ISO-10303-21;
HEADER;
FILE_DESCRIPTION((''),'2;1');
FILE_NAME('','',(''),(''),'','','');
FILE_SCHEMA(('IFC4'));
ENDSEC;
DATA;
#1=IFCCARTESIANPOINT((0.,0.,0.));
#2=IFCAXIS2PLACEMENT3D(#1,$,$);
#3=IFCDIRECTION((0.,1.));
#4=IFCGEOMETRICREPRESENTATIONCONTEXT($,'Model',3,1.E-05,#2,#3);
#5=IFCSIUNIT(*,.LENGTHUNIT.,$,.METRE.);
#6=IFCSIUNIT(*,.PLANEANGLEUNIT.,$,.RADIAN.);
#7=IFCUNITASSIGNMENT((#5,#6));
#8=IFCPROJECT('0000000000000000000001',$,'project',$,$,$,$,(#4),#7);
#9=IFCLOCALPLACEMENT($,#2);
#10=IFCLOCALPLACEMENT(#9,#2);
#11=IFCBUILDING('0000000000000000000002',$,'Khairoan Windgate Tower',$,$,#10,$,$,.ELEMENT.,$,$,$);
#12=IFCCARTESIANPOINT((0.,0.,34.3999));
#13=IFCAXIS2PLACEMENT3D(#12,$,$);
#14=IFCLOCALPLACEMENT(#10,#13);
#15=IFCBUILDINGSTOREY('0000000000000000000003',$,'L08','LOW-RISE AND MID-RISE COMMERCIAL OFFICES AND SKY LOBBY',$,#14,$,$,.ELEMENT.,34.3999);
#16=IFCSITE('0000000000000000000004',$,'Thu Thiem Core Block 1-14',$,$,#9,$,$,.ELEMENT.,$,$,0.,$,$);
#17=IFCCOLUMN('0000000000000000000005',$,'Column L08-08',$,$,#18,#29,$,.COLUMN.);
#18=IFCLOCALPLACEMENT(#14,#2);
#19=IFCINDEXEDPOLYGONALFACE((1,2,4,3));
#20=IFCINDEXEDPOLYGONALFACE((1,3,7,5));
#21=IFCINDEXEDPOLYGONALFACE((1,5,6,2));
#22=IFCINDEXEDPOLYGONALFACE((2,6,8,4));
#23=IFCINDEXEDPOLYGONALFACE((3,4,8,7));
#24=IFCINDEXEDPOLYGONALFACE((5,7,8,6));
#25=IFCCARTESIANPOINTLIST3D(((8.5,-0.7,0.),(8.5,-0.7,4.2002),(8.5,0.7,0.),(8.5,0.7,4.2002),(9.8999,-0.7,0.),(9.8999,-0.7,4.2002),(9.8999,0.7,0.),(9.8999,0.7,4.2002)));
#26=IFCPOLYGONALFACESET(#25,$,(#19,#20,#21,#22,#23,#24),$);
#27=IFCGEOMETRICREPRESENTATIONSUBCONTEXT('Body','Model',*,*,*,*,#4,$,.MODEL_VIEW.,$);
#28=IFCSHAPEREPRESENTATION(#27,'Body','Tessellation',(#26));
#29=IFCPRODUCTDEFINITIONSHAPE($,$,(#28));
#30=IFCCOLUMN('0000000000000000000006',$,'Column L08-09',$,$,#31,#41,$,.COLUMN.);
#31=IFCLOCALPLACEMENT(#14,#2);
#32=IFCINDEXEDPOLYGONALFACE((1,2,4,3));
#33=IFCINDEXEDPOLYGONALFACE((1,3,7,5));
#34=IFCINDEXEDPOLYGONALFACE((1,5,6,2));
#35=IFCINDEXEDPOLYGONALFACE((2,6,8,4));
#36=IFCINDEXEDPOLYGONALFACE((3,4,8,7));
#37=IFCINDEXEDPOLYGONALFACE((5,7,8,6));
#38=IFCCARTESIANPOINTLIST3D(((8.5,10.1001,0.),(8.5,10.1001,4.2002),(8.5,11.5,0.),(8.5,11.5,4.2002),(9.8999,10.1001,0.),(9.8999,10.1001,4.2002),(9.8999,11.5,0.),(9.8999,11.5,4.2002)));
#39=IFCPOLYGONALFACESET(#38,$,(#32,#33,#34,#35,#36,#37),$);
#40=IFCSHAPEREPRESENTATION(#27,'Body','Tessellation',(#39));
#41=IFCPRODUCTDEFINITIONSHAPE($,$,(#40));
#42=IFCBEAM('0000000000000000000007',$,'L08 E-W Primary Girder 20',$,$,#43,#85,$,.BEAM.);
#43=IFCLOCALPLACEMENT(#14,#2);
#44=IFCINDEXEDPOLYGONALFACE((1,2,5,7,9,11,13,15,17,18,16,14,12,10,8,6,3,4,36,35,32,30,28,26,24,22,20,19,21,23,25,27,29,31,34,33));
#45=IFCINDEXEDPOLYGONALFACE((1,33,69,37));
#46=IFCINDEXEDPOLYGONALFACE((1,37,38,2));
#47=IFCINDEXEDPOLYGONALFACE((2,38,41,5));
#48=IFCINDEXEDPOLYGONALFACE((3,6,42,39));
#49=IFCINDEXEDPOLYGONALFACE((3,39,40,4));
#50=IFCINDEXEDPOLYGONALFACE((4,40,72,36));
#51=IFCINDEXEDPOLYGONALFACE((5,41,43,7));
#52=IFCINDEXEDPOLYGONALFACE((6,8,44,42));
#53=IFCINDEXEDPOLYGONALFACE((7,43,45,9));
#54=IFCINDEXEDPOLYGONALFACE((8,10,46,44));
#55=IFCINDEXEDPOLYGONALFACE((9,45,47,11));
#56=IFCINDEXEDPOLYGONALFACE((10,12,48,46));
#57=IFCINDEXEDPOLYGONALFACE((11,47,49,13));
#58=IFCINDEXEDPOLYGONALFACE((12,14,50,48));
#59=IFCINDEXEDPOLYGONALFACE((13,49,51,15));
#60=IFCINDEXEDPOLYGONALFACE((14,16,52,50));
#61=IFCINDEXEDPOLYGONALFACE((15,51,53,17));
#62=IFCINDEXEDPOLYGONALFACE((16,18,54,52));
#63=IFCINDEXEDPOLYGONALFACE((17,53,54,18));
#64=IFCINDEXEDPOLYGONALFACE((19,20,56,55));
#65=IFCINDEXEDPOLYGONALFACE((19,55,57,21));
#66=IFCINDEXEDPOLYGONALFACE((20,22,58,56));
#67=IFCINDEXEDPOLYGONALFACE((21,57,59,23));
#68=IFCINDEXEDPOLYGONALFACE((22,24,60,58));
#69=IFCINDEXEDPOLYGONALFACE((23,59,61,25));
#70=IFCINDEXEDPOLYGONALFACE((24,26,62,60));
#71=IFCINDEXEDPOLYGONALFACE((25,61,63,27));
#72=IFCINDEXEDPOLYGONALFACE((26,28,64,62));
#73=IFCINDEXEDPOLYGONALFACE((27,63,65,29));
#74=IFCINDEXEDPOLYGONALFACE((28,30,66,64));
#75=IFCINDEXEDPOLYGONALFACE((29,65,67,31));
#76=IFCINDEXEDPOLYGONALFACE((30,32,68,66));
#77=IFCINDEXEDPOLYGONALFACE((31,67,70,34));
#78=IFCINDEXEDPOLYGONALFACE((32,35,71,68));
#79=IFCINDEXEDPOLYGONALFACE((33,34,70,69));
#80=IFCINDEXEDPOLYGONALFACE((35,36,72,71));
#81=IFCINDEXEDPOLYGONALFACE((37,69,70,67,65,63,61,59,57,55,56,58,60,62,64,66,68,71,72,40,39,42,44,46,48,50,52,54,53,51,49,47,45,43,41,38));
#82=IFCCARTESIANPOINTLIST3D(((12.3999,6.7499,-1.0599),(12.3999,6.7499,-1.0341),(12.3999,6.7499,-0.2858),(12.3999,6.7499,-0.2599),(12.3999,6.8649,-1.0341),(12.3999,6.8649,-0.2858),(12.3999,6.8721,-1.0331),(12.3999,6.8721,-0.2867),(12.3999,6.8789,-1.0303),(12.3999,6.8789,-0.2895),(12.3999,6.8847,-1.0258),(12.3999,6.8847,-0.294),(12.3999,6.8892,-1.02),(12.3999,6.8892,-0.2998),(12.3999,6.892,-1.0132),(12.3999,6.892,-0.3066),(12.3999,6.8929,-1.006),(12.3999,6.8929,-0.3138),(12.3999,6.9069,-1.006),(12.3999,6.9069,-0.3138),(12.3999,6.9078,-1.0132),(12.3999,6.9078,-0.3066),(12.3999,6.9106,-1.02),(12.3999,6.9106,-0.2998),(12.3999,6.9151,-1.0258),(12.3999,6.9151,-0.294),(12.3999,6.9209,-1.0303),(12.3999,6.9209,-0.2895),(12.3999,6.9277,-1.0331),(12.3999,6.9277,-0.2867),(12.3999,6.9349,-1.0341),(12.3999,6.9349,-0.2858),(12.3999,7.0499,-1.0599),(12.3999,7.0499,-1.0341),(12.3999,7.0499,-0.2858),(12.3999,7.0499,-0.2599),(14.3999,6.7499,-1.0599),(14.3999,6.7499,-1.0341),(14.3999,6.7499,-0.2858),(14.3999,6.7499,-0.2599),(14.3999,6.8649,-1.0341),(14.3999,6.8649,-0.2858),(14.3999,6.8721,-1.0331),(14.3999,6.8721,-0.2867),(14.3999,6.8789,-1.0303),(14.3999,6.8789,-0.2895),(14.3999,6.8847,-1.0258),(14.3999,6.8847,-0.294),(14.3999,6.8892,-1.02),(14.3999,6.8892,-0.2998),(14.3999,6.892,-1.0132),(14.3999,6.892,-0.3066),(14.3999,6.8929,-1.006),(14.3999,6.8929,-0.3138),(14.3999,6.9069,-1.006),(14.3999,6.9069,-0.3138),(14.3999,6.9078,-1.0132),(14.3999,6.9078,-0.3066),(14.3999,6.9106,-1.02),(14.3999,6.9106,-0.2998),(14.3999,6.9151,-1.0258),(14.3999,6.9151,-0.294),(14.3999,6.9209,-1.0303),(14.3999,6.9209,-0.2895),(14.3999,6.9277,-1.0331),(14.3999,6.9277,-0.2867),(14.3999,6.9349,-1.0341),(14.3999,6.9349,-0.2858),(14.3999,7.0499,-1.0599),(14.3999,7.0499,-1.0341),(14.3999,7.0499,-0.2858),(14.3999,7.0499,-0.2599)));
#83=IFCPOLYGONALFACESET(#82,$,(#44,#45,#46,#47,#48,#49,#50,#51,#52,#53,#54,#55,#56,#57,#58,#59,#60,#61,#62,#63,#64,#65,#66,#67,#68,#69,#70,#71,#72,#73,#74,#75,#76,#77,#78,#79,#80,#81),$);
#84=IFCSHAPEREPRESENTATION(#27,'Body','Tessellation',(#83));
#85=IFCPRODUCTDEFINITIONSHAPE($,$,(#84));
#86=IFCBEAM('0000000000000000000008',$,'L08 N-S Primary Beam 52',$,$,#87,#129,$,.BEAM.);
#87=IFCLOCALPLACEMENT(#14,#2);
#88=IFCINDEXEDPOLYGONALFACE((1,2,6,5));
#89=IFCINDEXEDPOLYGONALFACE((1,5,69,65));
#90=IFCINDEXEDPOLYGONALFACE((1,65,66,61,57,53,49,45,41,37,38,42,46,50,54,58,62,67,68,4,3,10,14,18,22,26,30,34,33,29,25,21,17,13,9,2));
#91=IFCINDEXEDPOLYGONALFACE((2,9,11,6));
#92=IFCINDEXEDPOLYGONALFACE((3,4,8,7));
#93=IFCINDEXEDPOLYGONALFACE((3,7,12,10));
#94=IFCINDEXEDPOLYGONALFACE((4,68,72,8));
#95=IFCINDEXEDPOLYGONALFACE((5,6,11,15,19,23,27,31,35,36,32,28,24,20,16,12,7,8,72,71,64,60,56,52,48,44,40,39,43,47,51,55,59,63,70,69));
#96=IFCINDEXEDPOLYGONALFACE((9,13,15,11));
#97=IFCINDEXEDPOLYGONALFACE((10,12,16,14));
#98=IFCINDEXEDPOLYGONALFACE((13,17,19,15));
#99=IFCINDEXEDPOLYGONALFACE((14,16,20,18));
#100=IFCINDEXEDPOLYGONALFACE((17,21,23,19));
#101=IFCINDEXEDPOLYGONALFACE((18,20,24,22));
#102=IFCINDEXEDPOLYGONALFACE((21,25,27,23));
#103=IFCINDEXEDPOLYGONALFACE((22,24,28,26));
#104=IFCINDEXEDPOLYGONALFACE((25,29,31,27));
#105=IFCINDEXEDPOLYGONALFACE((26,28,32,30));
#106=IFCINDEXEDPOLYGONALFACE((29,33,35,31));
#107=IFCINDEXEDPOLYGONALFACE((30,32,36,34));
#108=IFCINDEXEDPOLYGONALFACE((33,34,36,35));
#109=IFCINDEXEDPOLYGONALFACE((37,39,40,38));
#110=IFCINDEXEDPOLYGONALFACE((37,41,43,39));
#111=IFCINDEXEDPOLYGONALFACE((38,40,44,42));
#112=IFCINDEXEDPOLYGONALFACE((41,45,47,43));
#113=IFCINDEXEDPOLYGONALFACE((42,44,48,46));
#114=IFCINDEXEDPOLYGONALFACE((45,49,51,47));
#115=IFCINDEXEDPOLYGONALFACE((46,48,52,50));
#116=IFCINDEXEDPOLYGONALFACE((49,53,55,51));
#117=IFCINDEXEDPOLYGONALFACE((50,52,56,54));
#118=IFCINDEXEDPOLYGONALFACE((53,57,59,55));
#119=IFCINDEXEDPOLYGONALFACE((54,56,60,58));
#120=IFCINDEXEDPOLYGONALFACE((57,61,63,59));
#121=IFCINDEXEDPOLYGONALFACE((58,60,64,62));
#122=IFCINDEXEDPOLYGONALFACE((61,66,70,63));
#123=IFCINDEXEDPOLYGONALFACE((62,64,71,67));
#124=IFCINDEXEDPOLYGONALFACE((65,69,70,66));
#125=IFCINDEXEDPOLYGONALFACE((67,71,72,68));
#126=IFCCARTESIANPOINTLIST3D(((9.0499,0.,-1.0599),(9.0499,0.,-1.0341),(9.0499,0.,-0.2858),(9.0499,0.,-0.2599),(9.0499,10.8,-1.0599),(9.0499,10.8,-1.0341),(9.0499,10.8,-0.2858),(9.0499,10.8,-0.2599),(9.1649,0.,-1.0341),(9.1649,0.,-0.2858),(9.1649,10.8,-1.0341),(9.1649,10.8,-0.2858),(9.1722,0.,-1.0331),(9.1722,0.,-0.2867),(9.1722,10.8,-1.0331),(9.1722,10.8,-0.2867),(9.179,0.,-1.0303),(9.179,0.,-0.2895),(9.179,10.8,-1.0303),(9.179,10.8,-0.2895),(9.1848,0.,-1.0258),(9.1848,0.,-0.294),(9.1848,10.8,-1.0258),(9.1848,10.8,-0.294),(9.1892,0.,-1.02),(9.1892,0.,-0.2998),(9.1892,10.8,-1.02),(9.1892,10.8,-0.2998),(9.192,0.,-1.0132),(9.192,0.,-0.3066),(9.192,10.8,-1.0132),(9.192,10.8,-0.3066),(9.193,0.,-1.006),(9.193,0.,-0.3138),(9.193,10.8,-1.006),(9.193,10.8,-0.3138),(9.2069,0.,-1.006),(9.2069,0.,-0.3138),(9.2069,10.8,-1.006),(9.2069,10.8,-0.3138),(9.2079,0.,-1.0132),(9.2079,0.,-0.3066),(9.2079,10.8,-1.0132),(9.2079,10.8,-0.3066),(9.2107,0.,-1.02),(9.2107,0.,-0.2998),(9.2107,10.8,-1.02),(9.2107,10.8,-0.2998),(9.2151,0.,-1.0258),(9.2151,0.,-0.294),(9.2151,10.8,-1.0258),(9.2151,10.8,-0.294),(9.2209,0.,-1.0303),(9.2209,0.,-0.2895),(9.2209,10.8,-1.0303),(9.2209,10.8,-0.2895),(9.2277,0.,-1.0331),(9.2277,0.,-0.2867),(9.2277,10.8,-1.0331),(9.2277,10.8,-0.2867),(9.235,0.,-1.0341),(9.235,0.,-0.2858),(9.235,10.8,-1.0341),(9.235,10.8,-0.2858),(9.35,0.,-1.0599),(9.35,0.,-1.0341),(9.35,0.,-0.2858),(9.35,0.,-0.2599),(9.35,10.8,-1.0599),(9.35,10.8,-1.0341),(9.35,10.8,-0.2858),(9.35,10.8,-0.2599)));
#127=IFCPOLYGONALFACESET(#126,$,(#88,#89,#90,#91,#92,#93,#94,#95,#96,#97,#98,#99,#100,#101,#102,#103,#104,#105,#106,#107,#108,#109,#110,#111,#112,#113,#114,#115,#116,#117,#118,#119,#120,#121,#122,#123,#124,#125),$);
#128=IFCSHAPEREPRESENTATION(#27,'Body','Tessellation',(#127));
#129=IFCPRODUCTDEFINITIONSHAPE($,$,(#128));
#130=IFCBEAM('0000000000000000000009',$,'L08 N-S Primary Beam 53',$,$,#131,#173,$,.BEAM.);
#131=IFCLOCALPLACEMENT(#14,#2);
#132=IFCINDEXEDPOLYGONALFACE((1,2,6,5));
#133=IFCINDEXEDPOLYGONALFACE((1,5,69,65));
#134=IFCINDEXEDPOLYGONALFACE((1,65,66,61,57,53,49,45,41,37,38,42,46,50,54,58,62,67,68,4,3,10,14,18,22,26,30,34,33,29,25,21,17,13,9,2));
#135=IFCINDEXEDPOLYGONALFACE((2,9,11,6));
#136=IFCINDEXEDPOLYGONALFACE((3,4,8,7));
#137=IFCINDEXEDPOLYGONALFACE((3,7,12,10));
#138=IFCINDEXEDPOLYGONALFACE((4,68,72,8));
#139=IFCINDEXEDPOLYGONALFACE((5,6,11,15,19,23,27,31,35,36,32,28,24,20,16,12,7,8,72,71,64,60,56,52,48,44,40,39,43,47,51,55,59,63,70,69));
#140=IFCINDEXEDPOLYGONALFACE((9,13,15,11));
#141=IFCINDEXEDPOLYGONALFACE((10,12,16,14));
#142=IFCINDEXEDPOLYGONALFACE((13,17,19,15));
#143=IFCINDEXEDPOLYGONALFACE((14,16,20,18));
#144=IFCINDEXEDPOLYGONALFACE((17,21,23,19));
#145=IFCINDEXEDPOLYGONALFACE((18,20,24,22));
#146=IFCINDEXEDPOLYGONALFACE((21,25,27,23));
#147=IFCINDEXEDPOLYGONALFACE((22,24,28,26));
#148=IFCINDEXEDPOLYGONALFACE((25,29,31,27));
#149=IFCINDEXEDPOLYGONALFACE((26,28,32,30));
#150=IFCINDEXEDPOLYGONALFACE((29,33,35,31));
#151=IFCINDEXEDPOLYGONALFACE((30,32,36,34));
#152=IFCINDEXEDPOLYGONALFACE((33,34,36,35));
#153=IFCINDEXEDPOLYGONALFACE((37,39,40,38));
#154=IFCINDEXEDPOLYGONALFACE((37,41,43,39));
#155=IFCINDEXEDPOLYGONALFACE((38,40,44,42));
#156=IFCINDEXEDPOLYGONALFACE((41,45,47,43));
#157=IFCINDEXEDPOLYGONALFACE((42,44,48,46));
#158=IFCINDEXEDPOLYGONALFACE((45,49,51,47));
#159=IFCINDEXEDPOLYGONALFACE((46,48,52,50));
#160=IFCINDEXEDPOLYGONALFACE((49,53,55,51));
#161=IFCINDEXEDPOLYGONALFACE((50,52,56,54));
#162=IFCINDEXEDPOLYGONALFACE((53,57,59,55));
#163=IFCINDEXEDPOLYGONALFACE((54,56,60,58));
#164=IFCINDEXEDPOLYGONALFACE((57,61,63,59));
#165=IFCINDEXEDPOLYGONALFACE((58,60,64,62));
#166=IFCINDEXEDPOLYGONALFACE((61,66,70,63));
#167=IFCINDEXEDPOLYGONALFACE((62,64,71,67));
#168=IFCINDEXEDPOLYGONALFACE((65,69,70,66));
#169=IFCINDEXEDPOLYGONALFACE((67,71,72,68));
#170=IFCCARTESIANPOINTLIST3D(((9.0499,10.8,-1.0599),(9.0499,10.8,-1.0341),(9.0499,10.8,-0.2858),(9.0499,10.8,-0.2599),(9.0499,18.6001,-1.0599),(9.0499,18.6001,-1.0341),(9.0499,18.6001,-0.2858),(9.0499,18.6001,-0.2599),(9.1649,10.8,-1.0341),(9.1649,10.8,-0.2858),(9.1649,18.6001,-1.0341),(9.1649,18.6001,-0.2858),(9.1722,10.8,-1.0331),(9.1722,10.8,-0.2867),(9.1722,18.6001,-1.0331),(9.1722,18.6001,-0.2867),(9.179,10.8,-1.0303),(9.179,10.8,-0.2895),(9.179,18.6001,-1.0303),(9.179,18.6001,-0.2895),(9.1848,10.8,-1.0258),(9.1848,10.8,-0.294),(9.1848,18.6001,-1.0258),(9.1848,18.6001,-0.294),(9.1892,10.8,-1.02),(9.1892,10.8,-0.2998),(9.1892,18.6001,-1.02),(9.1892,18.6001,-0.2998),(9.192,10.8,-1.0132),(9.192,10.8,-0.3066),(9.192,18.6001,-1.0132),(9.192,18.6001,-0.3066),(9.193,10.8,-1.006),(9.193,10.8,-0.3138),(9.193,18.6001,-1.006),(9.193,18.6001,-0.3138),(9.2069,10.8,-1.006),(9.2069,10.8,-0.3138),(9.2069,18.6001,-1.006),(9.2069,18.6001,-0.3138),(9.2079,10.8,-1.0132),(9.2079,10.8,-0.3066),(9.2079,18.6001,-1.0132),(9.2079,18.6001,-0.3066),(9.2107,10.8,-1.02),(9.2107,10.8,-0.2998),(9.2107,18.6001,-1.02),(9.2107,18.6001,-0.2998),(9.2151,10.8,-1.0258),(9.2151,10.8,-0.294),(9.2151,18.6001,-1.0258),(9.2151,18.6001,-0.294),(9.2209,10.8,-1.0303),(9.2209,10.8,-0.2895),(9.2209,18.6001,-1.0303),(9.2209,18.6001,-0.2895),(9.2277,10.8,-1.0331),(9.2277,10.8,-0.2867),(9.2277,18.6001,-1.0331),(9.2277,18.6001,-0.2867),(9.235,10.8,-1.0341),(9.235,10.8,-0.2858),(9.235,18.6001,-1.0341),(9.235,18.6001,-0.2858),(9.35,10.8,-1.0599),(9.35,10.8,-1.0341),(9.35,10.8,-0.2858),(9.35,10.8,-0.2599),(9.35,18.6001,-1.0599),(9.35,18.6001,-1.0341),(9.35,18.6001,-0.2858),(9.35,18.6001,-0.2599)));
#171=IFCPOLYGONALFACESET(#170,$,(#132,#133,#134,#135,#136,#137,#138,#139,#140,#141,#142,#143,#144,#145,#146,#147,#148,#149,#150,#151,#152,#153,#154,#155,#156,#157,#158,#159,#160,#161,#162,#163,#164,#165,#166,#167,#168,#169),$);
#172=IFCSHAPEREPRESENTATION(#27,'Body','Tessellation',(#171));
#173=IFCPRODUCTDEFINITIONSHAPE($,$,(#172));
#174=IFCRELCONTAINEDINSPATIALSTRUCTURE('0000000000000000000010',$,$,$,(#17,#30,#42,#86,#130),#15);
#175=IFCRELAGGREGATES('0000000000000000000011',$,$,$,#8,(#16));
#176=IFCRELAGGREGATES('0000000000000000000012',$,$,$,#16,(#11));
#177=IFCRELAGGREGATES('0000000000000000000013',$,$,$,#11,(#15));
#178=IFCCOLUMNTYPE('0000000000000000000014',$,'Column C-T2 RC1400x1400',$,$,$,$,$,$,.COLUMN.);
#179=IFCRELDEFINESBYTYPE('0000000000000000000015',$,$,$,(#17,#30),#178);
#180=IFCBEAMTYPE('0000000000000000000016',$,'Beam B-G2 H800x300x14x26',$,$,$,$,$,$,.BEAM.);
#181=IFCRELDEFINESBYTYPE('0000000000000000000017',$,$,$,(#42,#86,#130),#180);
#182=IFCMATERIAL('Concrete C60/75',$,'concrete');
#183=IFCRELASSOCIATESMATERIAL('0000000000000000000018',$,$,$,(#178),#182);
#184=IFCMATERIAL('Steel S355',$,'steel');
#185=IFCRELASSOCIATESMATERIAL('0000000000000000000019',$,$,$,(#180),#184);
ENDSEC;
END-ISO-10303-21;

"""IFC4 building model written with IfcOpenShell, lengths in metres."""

from ifc_helpers import new_model, si_unit, direction, frame, origin, origin_2d, place, context, subcontext, project, spatial, rectangle, i_section, extrude, material, material_profile, profile_set, type_object, element, save


model = new_model("IFC4")

# Units and contexts
model_context = context("Model", 3, precision=1e-05, world=origin(), true_north=direction((0.0, 1.0)))
body_context = subcontext(model_context, "Body", "Model", "MODEL_VIEW")
ifc_project = project(units=[si_unit("LENGTHUNIT", "METRE"), si_unit("PLANEANGLEUNIT", "RADIAN")], contexts=[model_context])

# Site, building, storey
site_placement = place(None, origin())
site = spatial("IfcSite", under=ifc_project, at=site_placement, Name="Thu Thiem Core Block 1-14", CompositionType="ELEMENT", RefElevation=0.0)
building_placement = place(site_placement, origin())
building = spatial("IfcBuilding", under=site, at=building_placement, Name="Khairoan Windgate Tower", CompositionType="ELEMENT")
storey_placement = place(building_placement, frame((0.0, 0.0, 34.3999)))
storey = spatial("IfcBuildingStorey", under=building, at=storey_placement, Name="L08", Description="LOW-RISE AND MID-RISE COMMERCIAL OFFICES AND SKY LOBBY", CompositionType="ELEMENT", Elevation=34.3999)

# Columns
ifc_material_1 = material(Name="Concrete C60/75", Category="concrete")
ifc_material_profile_1 = material_profile(ifc_material_1, rectangle(XDim=1.3999, YDim=1.3999, at=origin_2d()))
ifc_profile_set_1 = profile_set([ifc_material_profile_1], Name="Concrete C60/75")
column_type = type_object("IfcColumnType", Name="Column C-T2 RC1400x1400", PredefinedType="COLUMN", material=ifc_profile_set_1)
for number, where, z_axis, x_axis, name in (
    (1, (9.2, 0.0, 0.0), (0.0, 0.0, 1.0), (1.0, 0.0, 0.0), "Column L08-08"),
    (2, (9.2, 10.8, 0.0), (0.0, 0.0, 1.0), (1.0, 0.0, 0.0), "Column L08-09"),
):
    element("IfcColumn", number, at=place(storey_placement, frame(where, z_axis=z_axis, x_axis=x_axis)), inside=storey, type_object=column_type, Name=name, PredefinedType="COLUMN", context=body_context, shape_type="SweptSolid", body=[
        extrude(rectangle(XDim=1.3999, YDim=1.3999, at=origin_2d()), origin(), (0.0, 0.0, 1.0), 4.2002),
    ])

# Beams
ifc_material_2 = material(Name="Steel S355", Category="steel")
ifc_material_profile_2 = material_profile(ifc_material_2, i_section(OverallWidth=0.3, OverallDepth=0.8, WebThickness=0.0139, FlangeThickness=0.0259, FilletRadius=0.0281, at=origin_2d()))
ifc_profile_set_2 = profile_set([ifc_material_profile_2], Name="Steel S355")
beam_type_1 = type_object("IfcBeamType", Name="Beam B-G2 H800x300x14x26", PredefinedType="BEAM", material=ifc_profile_set_2)
beam_1_placement = place(storey_placement, frame((12.3999, 6.8999, -0.6599), z_axis=(1.0, 0.0, 0.0), x_axis=(0.0, 1.0, 0.0)))
element("IfcBeam", 3, at=beam_1_placement, inside=storey, type_object=beam_type_1, Name="L08 E-W Primary Girder 20", PredefinedType="BEAM", context=body_context, shape_type="SweptSolid", body=[
    extrude(i_section(OverallWidth=0.3, OverallDepth=0.8, WebThickness=0.0139, FlangeThickness=0.0259, FilletRadius=0.0281, at=origin_2d()), origin(), (0.0, 0.0, 1.0), 2.0),
])
beam_2_placement = place(storey_placement, frame((9.2, 0.0, -0.6599), z_axis=(0.0, 1.0, 0.0), x_axis=(-1.0, 0.0, 0.0)))
element("IfcBeam", 4, at=beam_2_placement, inside=storey, type_object=beam_type_1, Name="L08 N-S Primary Beam 52", PredefinedType="BEAM", context=body_context, shape_type="SweptSolid", body=[
    extrude(i_section(OverallWidth=0.3, OverallDepth=0.8, WebThickness=0.0139, FlangeThickness=0.0259, FilletRadius=0.0281, at=origin_2d()), origin(), (0.0, 0.0, 1.0), 10.8),
])
beam_3_placement = place(storey_placement, frame((9.2, 10.8, -0.6599), z_axis=(0.0, 1.0, 0.0), x_axis=(-1.0, 0.0, 0.0)))
element("IfcBeam", 5, at=beam_3_placement, inside=storey, type_object=beam_type_1, Name="L08 N-S Primary Beam 53", PredefinedType="BEAM", context=body_context, shape_type="SweptSolid", body=[
    extrude(i_section(OverallWidth=0.3, OverallDepth=0.8, WebThickness=0.0139, FlangeThickness=0.0259, FilletRadius=0.0281, at=origin_2d()), origin(), (0.0, 0.0, 1.0), 7.8),
])

save(model, "model.ifc")
